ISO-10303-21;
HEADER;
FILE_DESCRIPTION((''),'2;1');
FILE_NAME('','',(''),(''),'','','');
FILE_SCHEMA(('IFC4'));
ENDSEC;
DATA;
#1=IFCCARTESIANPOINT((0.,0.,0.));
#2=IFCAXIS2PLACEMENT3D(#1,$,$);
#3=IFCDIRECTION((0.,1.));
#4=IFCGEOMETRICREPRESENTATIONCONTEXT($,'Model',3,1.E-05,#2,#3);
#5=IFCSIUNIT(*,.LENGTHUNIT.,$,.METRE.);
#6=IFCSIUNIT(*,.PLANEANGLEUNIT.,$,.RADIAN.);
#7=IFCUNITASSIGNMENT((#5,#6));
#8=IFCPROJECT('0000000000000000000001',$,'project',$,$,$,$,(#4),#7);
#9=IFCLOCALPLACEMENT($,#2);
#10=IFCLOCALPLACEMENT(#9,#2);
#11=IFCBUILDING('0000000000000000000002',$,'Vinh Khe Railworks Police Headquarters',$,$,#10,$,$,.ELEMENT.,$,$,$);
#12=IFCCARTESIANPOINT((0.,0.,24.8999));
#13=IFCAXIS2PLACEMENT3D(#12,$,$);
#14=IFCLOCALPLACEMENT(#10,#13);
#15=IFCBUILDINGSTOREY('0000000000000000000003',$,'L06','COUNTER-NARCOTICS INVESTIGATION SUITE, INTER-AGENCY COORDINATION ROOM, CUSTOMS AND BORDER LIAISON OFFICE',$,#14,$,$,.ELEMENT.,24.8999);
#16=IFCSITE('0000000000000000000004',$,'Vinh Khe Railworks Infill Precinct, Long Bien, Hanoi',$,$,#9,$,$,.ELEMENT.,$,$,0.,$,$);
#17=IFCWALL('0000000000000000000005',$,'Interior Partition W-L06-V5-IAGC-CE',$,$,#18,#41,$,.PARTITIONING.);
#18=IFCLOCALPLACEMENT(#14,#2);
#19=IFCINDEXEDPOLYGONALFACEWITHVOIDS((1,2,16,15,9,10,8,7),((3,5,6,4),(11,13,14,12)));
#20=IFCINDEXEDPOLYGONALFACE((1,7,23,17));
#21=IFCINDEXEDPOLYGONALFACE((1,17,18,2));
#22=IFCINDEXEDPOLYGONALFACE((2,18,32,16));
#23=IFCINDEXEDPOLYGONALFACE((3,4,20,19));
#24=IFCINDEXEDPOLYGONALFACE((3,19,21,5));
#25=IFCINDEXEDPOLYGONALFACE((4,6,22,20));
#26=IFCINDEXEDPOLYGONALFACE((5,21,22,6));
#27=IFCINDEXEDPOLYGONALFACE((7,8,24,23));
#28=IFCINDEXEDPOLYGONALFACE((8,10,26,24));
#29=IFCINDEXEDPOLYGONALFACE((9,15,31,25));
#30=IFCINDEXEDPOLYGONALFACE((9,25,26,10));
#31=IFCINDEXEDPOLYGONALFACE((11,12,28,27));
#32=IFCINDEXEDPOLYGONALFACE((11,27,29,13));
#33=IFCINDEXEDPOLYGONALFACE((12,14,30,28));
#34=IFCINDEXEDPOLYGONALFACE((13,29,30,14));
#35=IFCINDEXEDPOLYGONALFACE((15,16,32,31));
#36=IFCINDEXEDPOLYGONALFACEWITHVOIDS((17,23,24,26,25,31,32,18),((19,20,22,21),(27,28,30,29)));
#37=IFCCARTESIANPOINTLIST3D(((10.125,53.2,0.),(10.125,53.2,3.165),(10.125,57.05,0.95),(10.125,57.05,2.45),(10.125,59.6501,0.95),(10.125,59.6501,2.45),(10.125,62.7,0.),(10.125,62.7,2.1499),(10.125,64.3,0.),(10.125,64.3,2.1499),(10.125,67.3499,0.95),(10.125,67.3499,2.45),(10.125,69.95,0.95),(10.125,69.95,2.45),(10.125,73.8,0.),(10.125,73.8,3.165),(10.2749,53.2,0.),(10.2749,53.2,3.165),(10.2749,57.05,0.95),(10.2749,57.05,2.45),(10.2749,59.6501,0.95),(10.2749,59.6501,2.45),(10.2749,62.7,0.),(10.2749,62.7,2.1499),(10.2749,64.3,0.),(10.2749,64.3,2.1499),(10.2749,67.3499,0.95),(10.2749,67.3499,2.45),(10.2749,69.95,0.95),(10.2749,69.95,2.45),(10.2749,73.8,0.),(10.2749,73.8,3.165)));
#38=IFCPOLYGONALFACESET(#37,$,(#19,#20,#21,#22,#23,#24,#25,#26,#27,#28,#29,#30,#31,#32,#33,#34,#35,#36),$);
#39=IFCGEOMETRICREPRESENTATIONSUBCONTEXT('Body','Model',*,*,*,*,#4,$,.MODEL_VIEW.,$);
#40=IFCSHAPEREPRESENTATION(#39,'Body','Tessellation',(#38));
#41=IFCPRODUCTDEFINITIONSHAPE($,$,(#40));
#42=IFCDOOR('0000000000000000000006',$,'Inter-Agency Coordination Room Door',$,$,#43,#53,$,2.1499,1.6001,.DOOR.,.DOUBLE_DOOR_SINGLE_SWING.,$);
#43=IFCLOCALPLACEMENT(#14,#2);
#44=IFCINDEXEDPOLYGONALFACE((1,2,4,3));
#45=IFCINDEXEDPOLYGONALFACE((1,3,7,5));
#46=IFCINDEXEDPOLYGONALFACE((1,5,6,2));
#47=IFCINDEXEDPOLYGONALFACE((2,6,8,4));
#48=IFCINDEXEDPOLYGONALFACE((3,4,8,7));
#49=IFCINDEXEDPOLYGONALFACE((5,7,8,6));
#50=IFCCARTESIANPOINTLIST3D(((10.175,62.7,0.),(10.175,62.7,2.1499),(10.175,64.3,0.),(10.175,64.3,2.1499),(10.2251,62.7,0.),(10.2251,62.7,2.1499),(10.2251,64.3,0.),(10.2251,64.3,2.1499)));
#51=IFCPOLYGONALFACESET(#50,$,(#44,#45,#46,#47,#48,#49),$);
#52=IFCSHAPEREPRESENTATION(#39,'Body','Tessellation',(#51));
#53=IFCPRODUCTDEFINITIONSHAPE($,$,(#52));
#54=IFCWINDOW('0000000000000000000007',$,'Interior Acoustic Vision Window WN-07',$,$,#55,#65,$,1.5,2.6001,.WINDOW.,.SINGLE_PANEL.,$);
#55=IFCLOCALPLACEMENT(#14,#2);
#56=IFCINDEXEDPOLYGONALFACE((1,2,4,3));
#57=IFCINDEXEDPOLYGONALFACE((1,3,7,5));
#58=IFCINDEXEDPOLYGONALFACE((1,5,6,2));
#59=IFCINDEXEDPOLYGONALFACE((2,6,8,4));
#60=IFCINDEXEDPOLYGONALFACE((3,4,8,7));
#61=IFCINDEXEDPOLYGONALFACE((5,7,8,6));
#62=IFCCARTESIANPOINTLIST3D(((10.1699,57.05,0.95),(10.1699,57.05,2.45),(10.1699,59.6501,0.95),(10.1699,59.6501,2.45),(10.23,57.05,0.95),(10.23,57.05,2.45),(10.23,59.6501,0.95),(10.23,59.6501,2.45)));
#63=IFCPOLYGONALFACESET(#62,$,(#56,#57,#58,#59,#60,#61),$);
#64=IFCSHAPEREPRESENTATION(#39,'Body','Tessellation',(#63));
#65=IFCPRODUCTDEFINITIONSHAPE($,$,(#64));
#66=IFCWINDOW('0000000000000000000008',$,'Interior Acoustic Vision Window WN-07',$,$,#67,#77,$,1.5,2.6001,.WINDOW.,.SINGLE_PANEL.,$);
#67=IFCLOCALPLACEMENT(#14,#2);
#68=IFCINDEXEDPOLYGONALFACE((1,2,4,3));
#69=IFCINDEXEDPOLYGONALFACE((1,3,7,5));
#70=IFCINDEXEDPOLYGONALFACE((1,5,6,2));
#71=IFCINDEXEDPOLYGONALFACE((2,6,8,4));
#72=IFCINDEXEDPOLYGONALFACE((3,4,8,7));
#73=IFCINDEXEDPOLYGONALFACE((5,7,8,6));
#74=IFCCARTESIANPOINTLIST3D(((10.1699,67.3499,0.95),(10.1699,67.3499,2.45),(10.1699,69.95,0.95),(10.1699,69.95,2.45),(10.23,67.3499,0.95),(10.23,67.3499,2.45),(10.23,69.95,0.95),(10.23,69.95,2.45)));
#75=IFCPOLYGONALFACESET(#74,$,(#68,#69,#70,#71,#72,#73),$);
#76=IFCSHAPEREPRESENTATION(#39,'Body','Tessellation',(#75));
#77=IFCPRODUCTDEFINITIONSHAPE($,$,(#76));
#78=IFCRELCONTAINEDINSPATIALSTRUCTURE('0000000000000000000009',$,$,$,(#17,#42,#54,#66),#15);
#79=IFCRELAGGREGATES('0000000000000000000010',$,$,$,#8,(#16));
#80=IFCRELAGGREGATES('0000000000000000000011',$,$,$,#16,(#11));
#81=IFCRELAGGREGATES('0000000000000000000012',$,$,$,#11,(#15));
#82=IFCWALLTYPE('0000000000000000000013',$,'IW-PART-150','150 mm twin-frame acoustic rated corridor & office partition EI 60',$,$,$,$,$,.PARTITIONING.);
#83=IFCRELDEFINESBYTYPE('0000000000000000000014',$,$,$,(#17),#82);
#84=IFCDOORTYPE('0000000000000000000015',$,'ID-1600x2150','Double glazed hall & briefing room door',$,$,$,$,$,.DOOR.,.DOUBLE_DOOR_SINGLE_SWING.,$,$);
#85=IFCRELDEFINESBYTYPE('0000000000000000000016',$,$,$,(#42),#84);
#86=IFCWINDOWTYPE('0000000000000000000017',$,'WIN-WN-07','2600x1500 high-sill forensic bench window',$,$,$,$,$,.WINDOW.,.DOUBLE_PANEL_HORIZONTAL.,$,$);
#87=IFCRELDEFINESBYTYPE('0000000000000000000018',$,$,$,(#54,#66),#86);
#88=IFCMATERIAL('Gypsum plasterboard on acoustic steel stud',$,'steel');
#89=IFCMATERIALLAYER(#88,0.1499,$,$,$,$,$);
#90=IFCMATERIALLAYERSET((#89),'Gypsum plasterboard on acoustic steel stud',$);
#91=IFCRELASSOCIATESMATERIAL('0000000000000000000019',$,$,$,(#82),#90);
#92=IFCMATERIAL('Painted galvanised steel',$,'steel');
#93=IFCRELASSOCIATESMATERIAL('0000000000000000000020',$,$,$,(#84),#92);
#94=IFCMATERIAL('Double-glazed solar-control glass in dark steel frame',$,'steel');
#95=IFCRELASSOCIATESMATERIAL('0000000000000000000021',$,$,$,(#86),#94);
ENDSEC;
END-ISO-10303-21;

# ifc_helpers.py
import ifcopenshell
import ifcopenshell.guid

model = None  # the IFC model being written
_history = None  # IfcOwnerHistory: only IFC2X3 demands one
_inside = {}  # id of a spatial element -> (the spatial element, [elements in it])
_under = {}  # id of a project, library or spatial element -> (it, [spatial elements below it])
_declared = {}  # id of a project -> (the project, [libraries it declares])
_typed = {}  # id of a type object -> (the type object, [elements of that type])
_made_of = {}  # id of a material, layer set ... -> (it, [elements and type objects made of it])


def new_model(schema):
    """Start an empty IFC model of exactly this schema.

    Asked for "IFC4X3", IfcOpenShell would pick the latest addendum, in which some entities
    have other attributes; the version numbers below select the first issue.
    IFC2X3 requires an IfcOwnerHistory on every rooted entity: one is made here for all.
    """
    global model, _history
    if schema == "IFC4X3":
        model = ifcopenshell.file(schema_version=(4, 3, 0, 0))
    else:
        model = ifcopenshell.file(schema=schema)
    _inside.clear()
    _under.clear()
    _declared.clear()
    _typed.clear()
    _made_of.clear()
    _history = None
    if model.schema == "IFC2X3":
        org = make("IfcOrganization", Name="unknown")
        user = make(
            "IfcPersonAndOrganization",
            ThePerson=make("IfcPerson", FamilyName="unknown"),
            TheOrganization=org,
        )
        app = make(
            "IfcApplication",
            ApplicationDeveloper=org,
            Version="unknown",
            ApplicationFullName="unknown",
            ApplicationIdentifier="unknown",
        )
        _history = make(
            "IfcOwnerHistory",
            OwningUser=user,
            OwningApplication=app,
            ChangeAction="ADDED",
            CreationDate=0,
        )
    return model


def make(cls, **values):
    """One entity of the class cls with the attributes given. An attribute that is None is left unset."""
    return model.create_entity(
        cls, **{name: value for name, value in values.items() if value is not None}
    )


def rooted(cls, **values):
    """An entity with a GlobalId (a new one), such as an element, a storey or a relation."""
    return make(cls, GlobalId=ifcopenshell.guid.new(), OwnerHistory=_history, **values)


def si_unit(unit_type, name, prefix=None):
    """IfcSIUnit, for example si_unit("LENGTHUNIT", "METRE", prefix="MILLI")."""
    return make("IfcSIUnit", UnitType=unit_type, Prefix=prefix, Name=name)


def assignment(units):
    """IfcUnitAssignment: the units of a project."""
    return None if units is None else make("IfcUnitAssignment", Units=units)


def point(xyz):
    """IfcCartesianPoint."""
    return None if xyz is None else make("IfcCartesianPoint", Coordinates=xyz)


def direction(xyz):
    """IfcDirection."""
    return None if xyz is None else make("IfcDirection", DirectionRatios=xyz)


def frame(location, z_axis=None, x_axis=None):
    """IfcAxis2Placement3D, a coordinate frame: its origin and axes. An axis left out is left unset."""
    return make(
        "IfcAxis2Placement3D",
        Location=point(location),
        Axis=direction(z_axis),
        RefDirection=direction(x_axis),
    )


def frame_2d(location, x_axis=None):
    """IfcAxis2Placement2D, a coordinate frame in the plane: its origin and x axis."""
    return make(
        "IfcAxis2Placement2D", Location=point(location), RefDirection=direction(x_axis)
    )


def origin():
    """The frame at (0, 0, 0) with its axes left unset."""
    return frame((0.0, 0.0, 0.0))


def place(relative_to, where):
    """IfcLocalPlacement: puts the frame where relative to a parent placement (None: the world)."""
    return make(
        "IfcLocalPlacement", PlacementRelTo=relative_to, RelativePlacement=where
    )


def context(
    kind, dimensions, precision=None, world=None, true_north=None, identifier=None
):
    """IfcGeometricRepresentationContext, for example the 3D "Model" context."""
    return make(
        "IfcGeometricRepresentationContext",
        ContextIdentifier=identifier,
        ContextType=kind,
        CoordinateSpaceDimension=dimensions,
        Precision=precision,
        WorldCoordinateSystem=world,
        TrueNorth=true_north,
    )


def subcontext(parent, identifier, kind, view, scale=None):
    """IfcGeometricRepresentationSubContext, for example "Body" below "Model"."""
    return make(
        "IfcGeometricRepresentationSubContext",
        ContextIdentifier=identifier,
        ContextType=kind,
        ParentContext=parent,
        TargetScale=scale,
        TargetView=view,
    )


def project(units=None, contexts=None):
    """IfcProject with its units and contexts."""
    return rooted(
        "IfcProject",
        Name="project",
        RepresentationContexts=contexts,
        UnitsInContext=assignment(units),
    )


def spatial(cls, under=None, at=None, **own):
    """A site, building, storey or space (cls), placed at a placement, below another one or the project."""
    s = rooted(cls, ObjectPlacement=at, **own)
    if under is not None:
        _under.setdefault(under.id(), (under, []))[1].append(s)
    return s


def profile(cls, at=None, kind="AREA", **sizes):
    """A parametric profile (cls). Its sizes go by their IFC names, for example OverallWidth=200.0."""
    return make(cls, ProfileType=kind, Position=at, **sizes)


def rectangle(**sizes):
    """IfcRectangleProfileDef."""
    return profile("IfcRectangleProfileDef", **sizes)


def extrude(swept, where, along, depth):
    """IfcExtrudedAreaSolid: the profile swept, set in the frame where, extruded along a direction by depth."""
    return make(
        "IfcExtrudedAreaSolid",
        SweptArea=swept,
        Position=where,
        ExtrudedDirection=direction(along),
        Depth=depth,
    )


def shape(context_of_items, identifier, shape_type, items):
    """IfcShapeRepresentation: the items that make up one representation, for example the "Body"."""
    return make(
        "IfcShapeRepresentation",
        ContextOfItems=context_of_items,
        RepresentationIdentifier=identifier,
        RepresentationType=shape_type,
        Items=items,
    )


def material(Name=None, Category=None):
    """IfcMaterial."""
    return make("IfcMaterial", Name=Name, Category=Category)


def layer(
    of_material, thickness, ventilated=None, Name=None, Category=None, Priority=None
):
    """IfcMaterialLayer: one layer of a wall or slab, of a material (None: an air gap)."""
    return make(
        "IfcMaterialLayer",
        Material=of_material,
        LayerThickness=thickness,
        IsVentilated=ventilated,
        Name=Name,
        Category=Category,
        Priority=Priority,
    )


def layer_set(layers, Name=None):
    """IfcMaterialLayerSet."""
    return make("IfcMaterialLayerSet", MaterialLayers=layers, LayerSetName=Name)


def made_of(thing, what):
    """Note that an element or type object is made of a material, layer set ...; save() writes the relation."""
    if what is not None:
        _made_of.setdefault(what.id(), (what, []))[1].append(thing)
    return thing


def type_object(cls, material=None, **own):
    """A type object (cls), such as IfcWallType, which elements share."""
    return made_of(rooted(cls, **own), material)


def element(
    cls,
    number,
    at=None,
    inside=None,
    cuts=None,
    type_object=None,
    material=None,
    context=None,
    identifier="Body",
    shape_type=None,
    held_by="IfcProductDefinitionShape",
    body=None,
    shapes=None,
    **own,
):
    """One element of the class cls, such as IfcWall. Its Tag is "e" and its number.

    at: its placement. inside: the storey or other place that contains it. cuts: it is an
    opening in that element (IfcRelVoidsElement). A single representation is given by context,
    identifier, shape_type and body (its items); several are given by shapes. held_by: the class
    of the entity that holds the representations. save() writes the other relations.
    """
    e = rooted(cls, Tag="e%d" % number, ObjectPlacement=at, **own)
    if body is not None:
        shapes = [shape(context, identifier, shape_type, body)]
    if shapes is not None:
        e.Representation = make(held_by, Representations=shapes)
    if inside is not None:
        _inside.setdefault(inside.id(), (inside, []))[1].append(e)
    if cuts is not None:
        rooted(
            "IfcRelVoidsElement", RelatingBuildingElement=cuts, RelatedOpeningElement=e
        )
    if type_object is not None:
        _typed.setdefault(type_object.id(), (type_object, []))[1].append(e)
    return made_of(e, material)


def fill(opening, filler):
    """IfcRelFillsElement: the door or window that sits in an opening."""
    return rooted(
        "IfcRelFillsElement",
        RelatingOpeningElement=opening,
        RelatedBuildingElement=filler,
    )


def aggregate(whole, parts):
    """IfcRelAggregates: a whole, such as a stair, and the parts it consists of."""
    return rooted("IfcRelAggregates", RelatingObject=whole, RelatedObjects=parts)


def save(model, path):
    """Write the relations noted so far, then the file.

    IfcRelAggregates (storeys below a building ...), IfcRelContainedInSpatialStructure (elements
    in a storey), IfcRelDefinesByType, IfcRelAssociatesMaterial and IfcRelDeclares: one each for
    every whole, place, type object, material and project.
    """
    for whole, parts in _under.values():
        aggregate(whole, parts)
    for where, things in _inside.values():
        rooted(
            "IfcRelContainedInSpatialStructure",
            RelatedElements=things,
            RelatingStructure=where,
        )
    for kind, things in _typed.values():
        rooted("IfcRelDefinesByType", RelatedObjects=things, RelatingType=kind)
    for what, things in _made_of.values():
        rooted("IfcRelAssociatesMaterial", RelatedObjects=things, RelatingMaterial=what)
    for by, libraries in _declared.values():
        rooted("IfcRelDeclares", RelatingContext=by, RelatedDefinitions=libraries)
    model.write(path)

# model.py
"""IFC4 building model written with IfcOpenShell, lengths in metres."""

from ifc_helpers import new_model, si_unit, direction, frame, frame_2d, origin, place, context, subcontext, project, spatial, rectangle, extrude, material, layer, layer_set, type_object, element, fill, save


model = new_model("IFC4")

# Units and contexts
model_context = context("Model", 3, precision=1e-05, world=origin(), true_north=direction((0.0, 1.0)))
body_context = subcontext(model_context, "Body", "Model", "MODEL_VIEW")
ifc_project = project(units=[si_unit("LENGTHUNIT", "METRE"), si_unit("PLANEANGLEUNIT", "RADIAN")], contexts=[model_context])

# Site, building, storey
site_placement = place(None, origin())
site = spatial("IfcSite", under=ifc_project, at=site_placement, Name="Vinh Khe Railworks Infill Precinct, Long Bien, Hanoi", CompositionType="ELEMENT", RefElevation=0.0)
building_placement = place(site_placement, origin())
building = spatial("IfcBuilding", under=site, at=building_placement, Name="Vinh Khe Railworks Police Headquarters", CompositionType="ELEMENT")
storey_placement = place(building_placement, frame((0.0, 0.0, 24.8999)))
storey = spatial("IfcBuildingStorey", under=building, at=storey_placement, Name="L06", Description="COUNTER-NARCOTICS INVESTIGATION SUITE, INTER-AGENCY COORDINATION ROOM, CUSTOMS AND BORDER LIAISON OFFICE", CompositionType="ELEMENT", Elevation=24.8999)

# Shared definitions
ifc_material_1 = material(Name="Double-glazed solar-control glass in dark steel frame", Category="steel")

# Shared definitions
ifc_material_2 = material(Name="Gypsum plasterboard on acoustic steel stud", Category="steel")
ifc_layer_1 = layer(ifc_material_2, 0.1499)
ifc_layer_set_1 = layer_set([ifc_layer_1], Name="Gypsum plasterboard on acoustic steel stud")
wall_type_1 = type_object("IfcWallType", Name="IW-PART-150", Description="150 mm twin-frame acoustic rated corridor & office partition EI 60", PredefinedType="PARTITIONING", material=ifc_layer_set_1)

# Wall, openings, door, windows
wall_1_placement = place(storey_placement, frame((10.2, 53.2, 0.0), z_axis=(0.0, 0.0, 1.0), x_axis=(0.0, 1.0, 0.0)))
wall_1 = element("IfcWall", 1, at=wall_1_placement, inside=storey, type_object=wall_type_1, Name="Interior Partition W-L06-V5-IAGC-CE", PredefinedType="PARTITIONING", context=body_context, shape_type="SweptSolid", body=[
    extrude(rectangle(XDim=20.6001, YDim=0.1499, at=frame_2d((10.3, 0.0))), origin(), (0.0, 0.0, 1.0), 3.165),
])
opening_1_placement = place(wall_1_placement, frame((9.5, 0.0, 0.0)))
opening_1 = element("IfcOpeningElement", 2, at=opening_1_placement, cuts=wall_1, PredefinedType="OPENING", context=body_context, shape_type="SweptSolid", body=[
    extrude(rectangle(XDim=1.6001, YDim=2.1499, at=frame_2d((0.8, 1.075))), frame((0.0, 0.0898, 0.0), z_axis=(0.0, -1.0, 0.0), x_axis=(1.0, 0.0, 0.0)), (0.0, 0.0, 1.0), 0.1797),
])
opening_2_placement = place(wall_1_placement, frame((3.8501, 0.0, 0.95)))
opening_2 = element("IfcOpeningElement", 3, at=opening_2_placement, cuts=wall_1, PredefinedType="OPENING", context=body_context, shape_type="SweptSolid", body=[
    extrude(rectangle(XDim=2.6001, YDim=1.5, at=frame_2d((1.3, 0.75))), frame((0.0, 0.0898, 0.0), z_axis=(0.0, -1.0, 0.0), x_axis=(1.0, 0.0, 0.0)), (0.0, 0.0, 1.0), 0.1797),
])
opening_3_placement = place(wall_1_placement, frame((14.1499, 0.0, 0.95)))
opening_3 = element("IfcOpeningElement", 4, at=opening_3_placement, cuts=wall_1, PredefinedType="OPENING", context=body_context, shape_type="SweptSolid", body=[
    extrude(rectangle(XDim=2.6001, YDim=1.5, at=frame_2d((1.3, 0.75))), frame((0.0, 0.0898, 0.0), z_axis=(0.0, -1.0, 0.0), x_axis=(1.0, 0.0, 0.0)), (0.0, 0.0, 1.0), 0.1797),
])
ifc_material_3 = material(Name="Painted galvanised steel", Category="steel")
door_type_1 = type_object("IfcDoorType", Name="ID-1600x2150", Description="Double glazed hall & briefing room door", OperationType="DOUBLE_DOOR_SINGLE_SWING", PredefinedType="DOOR", material=ifc_material_3)
door_1_placement = place(opening_1_placement, origin())
door_1 = element("IfcDoor", 5, at=door_1_placement, inside=storey, type_object=door_type_1, Name="Inter-Agency Coordination Room Door", OperationType="DOUBLE_DOOR_SINGLE_SWING", OverallHeight=2.1499, OverallWidth=1.6001, PredefinedType="DOOR", context=body_context, shape_type="SweptSolid", body=[
    extrude(rectangle(XDim=1.6001, YDim=2.1499, at=frame_2d((0.8, 1.075))), frame((0.0, 0.0249, 0.0), z_axis=(0.0, -1.0, 0.0), x_axis=(1.0, 0.0, 0.0)), (0.0, 0.0, 1.0), 0.05),
])
fill(opening_1, door_1)
window_type_1 = type_object("IfcWindowType", Name="WIN-WN-07", Description="2600x1500 high-sill forensic bench window", PartitioningType="DOUBLE_PANEL_HORIZONTAL", PredefinedType="WINDOW", material=ifc_material_1)
window_1_placement = place(opening_2_placement, origin())
window_1 = element("IfcWindow", 6, at=window_1_placement, inside=storey, type_object=window_type_1, Name="Interior Acoustic Vision Window WN-07", OverallHeight=1.5, OverallWidth=2.6001, PartitioningType="SINGLE_PANEL", PredefinedType="WINDOW", context=body_context, shape_type="SweptSolid", body=[
    extrude(rectangle(XDim=2.6001, YDim=1.5, at=frame_2d((1.3, 0.75))), frame((0.0, 0.03, 0.0), z_axis=(0.0, -1.0, 0.0), x_axis=(1.0, 0.0, 0.0)), (0.0, 0.0, 1.0), 0.0601),
])
fill(opening_2, window_1)
window_2_placement = place(opening_3_placement, origin())
window_2 = element("IfcWindow", 7, at=window_2_placement, inside=storey, type_object=window_type_1, Name="Interior Acoustic Vision Window WN-07", OverallHeight=1.5, OverallWidth=2.6001, PartitioningType="SINGLE_PANEL", PredefinedType="WINDOW", context=body_context, shape_type="SweptSolid", body=[
    extrude(rectangle(XDim=2.6001, YDim=1.5, at=frame_2d((1.3, 0.75))), frame((0.0, 0.03, 0.0), z_axis=(0.0, -1.0, 0.0), x_axis=(1.0, 0.0, 0.0)), (0.0, 0.0, 1.0), 0.0601),
])
fill(opening_3, window_2)

save(model, "model.ifc")
